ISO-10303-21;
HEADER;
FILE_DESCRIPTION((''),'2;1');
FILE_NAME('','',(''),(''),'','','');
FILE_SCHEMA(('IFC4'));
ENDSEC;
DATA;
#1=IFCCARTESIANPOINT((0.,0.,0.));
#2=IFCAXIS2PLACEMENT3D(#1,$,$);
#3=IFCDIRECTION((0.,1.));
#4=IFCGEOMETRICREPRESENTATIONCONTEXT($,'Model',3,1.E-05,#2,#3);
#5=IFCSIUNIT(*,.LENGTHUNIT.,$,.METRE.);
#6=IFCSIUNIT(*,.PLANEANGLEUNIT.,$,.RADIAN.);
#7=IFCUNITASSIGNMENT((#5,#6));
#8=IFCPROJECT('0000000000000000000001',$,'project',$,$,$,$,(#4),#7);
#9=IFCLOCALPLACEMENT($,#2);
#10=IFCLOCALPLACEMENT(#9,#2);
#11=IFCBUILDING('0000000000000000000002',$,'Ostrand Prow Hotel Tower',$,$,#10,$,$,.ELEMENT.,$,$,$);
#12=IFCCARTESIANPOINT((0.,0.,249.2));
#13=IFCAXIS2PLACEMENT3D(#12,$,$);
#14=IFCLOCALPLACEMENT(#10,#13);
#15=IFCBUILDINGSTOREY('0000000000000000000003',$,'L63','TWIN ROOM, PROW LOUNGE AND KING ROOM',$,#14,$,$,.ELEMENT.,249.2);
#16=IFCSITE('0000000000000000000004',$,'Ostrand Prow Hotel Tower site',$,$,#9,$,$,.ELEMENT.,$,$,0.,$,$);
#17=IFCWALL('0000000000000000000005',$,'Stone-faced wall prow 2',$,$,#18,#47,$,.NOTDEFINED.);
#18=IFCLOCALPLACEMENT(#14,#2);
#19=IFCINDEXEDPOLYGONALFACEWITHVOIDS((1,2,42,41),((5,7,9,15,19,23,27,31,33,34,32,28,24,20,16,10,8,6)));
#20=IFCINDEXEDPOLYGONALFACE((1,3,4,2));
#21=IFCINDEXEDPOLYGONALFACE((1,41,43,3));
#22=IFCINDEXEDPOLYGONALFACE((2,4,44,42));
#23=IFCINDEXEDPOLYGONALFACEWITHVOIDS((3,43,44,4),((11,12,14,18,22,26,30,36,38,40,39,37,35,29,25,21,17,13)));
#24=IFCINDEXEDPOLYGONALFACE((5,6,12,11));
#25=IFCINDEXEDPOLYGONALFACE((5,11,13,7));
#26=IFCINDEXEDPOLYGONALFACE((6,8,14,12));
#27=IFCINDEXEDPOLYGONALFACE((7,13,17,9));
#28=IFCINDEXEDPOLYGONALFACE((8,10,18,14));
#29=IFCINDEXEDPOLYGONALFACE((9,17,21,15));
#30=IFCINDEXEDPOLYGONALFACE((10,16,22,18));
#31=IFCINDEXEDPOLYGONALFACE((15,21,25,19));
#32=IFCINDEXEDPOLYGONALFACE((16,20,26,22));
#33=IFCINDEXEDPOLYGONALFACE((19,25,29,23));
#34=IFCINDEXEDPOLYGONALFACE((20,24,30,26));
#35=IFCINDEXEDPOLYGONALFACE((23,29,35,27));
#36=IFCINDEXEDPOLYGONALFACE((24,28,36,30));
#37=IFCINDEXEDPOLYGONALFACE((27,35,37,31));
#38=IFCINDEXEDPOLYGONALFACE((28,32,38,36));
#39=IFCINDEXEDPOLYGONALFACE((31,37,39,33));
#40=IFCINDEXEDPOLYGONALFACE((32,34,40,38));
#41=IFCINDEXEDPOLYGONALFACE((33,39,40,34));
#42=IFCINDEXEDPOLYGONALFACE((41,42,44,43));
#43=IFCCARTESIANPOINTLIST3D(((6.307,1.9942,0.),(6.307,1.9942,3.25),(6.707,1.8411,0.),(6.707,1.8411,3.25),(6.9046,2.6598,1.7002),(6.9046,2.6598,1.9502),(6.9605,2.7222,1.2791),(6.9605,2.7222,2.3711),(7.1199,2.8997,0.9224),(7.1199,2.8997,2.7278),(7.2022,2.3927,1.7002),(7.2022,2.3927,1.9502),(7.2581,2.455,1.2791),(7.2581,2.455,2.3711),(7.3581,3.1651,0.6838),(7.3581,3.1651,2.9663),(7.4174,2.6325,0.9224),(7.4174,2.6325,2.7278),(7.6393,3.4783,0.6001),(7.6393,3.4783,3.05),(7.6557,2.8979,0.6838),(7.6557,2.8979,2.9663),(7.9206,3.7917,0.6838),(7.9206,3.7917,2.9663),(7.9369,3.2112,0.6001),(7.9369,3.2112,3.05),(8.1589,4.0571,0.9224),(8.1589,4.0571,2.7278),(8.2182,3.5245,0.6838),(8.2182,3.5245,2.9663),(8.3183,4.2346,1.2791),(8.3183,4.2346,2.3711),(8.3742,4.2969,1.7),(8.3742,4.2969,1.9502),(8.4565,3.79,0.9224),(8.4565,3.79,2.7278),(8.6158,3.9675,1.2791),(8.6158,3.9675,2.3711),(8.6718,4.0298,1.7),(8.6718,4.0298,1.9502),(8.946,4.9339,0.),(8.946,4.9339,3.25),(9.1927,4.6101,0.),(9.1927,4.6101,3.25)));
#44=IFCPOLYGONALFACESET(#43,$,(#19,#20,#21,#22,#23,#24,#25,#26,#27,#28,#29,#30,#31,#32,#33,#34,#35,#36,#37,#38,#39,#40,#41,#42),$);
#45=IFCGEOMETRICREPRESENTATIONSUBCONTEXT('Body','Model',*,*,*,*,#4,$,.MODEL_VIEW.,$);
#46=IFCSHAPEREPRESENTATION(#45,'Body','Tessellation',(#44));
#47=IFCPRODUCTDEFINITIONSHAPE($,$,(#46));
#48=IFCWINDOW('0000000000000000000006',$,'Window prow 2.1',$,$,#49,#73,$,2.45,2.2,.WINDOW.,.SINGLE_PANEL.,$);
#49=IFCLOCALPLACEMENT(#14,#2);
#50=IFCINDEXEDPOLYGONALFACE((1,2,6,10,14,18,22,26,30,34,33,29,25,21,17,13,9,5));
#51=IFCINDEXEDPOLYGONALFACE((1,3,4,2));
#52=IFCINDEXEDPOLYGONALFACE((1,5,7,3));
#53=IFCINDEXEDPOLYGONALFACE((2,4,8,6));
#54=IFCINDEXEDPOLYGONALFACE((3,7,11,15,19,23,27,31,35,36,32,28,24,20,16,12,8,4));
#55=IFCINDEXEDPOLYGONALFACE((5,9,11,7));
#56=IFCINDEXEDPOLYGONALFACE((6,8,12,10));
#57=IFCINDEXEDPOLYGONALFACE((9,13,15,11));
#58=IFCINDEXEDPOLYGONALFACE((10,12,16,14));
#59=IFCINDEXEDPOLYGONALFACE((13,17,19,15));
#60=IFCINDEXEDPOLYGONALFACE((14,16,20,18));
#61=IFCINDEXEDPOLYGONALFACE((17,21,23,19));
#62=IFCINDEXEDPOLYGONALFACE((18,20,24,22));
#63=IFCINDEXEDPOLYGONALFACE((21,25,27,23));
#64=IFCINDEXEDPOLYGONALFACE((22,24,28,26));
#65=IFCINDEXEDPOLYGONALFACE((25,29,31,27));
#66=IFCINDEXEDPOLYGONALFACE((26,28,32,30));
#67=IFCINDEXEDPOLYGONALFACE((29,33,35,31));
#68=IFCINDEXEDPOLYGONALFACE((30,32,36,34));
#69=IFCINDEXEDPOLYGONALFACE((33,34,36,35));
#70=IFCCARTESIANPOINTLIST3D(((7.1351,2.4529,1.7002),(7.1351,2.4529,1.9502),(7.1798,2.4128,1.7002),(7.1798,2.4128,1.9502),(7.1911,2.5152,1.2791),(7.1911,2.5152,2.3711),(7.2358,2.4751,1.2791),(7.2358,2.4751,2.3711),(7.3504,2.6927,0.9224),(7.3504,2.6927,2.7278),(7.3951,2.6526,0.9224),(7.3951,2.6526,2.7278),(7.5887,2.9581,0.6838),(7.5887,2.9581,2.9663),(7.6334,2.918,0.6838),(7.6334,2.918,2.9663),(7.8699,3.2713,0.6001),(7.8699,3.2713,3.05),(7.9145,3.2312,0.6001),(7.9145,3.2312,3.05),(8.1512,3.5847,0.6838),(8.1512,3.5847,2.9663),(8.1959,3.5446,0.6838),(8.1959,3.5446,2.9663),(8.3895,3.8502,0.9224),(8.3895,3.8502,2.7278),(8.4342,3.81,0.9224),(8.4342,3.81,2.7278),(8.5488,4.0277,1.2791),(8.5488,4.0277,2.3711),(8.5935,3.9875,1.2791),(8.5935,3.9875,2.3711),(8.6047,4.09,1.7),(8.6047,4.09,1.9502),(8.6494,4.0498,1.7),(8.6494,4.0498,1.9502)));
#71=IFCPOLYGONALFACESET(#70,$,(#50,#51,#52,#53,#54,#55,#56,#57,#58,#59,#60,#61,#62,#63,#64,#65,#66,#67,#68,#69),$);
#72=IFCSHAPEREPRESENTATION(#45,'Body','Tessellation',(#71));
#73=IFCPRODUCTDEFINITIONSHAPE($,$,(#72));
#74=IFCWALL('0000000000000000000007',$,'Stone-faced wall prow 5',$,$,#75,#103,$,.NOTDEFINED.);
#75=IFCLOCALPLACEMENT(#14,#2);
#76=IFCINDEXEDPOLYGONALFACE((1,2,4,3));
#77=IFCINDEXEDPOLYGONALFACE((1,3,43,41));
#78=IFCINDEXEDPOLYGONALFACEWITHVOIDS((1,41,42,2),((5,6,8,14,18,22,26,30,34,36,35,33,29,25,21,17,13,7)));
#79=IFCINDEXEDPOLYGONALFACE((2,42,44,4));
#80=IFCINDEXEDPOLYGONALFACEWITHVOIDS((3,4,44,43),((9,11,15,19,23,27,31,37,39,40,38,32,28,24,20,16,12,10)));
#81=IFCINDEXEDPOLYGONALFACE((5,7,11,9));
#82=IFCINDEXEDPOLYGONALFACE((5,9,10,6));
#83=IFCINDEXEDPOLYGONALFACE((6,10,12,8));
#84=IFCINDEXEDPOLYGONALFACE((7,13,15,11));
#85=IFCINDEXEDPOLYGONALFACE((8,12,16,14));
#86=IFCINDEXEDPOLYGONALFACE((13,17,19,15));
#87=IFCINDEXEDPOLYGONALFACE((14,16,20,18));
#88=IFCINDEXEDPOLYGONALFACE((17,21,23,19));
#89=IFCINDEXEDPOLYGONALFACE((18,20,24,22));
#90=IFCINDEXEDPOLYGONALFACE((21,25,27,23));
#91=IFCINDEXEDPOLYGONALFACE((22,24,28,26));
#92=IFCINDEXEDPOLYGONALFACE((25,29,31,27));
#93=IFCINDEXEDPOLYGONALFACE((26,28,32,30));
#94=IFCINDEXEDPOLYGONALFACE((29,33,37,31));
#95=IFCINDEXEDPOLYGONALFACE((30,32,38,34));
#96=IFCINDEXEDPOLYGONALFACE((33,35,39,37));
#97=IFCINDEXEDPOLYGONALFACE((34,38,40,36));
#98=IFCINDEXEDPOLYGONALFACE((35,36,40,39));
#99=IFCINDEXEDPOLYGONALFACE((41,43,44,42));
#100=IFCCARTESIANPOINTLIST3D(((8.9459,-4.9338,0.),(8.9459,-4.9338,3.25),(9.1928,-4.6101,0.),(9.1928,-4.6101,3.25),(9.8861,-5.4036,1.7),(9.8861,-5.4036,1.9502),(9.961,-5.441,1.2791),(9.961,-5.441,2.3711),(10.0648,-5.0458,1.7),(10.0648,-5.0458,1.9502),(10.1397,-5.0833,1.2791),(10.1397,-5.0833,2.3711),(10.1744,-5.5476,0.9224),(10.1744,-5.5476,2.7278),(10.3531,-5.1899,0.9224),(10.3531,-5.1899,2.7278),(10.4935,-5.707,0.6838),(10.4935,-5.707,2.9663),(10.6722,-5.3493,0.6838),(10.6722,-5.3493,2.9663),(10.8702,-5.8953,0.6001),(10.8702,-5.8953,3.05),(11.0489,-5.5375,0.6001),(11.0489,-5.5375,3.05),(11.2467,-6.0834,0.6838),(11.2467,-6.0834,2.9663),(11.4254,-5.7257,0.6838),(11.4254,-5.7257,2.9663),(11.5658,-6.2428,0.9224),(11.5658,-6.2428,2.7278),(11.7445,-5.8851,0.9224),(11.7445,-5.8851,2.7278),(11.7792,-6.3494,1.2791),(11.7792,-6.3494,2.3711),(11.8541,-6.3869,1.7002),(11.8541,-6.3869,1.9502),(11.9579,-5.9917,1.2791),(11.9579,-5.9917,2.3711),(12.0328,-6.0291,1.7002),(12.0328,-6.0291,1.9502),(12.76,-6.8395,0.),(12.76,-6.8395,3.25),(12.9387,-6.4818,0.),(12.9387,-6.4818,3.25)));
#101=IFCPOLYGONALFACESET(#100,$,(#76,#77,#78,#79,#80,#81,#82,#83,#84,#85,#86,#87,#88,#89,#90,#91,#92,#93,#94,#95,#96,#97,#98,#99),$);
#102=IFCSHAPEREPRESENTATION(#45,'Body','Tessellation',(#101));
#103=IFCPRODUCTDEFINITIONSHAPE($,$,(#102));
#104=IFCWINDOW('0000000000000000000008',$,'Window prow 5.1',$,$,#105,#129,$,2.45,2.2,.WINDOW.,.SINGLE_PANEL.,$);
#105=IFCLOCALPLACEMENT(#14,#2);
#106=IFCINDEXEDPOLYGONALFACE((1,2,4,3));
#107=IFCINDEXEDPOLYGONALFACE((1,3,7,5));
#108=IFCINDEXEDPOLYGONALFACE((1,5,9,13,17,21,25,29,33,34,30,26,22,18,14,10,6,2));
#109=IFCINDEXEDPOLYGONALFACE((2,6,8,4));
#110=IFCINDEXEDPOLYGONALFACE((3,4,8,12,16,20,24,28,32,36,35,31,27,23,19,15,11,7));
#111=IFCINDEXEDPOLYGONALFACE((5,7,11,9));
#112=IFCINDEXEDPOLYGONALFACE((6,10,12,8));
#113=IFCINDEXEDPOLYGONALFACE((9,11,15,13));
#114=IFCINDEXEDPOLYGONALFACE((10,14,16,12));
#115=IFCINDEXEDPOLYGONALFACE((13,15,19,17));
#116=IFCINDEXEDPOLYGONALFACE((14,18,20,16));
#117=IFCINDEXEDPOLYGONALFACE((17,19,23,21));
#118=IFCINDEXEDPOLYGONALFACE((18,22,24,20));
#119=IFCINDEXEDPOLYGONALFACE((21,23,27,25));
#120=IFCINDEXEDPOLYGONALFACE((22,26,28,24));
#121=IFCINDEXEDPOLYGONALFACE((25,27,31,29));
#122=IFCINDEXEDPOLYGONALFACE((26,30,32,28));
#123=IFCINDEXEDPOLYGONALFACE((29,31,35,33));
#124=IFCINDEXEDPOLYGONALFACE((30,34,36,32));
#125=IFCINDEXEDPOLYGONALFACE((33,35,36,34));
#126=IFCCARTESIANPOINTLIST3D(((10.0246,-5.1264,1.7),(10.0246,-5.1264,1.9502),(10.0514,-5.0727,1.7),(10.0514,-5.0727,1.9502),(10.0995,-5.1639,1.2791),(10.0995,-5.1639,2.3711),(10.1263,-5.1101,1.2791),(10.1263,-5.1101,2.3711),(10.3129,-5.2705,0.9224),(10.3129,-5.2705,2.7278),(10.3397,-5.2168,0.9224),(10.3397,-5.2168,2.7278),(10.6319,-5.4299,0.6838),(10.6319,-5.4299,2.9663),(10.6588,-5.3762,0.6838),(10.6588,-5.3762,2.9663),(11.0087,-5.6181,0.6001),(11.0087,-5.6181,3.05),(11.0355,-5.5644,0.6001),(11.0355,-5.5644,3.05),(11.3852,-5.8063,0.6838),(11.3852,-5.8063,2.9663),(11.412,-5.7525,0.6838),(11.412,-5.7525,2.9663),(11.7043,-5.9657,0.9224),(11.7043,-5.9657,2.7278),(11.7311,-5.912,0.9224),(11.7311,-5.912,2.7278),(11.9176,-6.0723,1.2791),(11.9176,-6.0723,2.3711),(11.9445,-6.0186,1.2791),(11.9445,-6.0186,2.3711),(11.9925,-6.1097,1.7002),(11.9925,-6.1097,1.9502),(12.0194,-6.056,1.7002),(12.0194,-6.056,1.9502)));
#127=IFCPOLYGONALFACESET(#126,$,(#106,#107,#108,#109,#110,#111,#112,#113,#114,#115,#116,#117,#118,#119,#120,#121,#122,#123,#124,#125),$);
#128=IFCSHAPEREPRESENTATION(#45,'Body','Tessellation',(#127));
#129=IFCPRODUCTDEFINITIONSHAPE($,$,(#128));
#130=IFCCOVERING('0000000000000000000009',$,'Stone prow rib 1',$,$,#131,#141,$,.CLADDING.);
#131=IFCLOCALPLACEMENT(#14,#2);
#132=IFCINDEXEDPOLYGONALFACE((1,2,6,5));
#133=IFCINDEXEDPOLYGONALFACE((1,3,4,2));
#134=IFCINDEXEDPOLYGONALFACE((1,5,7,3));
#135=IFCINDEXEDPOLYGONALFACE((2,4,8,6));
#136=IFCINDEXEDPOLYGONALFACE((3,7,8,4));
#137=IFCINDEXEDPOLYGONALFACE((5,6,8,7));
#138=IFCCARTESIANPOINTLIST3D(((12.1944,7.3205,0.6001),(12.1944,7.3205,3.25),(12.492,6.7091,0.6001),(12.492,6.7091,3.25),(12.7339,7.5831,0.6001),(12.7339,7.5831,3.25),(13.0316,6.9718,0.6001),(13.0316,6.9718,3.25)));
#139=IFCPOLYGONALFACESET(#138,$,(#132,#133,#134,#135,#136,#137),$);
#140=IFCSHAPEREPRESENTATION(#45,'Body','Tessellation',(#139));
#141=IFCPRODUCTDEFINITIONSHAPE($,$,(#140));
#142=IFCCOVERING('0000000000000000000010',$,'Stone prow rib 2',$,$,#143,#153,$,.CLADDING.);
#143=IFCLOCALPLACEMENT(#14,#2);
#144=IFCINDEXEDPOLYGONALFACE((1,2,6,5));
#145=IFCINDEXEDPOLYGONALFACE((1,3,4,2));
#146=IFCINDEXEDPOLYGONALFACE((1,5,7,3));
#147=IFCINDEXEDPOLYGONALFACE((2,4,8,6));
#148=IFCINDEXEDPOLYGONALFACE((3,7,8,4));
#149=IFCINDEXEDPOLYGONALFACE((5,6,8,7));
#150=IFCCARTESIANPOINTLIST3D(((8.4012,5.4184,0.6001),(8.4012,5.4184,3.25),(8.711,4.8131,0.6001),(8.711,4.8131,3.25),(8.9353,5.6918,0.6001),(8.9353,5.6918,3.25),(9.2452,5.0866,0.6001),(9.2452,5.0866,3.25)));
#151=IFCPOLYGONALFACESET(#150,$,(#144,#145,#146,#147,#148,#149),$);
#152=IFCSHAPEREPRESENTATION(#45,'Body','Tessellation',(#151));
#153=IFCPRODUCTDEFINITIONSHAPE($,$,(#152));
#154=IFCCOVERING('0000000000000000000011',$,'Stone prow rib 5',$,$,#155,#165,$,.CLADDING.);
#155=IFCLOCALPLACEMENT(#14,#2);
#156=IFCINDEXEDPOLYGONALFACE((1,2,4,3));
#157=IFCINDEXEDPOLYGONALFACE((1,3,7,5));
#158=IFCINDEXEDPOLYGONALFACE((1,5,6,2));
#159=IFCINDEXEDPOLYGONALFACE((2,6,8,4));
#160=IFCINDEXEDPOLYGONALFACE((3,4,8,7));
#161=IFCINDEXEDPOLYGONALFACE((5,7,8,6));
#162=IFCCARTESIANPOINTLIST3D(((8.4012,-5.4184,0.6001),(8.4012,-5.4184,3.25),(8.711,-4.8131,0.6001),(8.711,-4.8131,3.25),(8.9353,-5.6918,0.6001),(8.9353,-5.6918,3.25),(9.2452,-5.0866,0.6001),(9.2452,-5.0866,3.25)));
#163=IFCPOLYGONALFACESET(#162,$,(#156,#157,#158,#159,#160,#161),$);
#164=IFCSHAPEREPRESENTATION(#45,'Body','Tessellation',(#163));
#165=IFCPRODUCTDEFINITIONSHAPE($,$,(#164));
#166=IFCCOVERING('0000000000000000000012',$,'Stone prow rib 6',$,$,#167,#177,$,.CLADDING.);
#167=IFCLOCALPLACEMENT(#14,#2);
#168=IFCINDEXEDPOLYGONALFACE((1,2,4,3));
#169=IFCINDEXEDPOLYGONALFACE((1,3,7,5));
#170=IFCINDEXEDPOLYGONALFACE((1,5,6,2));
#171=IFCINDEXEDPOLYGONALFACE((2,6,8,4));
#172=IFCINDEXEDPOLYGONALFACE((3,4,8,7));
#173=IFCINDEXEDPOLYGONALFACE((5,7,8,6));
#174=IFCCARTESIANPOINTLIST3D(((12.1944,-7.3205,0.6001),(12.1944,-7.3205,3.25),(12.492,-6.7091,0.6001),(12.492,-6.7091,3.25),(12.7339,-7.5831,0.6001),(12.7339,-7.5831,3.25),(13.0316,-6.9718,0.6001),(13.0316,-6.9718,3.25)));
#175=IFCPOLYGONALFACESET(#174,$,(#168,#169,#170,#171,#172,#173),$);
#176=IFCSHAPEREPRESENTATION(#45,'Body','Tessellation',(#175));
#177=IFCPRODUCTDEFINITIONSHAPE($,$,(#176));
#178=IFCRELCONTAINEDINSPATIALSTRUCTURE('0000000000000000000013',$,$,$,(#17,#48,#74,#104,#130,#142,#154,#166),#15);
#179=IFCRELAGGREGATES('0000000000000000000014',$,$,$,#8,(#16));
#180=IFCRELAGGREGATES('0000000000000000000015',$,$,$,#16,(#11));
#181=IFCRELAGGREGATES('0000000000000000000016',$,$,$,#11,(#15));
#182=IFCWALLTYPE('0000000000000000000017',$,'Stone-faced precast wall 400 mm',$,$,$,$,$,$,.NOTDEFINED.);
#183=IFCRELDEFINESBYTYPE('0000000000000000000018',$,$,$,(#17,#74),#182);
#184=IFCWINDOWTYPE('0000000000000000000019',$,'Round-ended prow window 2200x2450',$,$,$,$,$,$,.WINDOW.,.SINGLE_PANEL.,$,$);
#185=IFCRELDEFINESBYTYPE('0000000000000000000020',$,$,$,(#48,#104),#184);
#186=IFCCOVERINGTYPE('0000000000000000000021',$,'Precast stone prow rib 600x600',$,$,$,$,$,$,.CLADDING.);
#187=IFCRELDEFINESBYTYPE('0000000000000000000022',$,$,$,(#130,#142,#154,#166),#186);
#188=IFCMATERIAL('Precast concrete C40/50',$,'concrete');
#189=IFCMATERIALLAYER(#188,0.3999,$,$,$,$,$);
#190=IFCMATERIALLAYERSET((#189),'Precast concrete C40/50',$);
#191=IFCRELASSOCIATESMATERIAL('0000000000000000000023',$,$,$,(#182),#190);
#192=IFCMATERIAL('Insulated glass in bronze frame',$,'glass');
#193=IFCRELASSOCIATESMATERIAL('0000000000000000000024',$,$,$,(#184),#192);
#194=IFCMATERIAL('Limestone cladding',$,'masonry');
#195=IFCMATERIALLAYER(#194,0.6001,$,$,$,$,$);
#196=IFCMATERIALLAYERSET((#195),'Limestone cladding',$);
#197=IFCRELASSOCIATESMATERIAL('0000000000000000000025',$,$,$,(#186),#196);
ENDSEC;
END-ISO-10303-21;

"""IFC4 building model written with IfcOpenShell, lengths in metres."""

from ifc_helpers import new_model, si_unit, direction, frame, frame_2d, origin, place, context, subcontext, project, spatial, polyline, rectangle, outline, extrude, material, layer, layer_set, type_object, element, fill, save


model = new_model("IFC4")

# Units and contexts
model_context = context("Model", 3, precision=1e-05, world=origin(), true_north=direction((0.0, 1.0)))
body_context = subcontext(model_context, "Body", "Model", "MODEL_VIEW")
ifc_project = project(units=[si_unit("LENGTHUNIT", "METRE"), si_unit("PLANEANGLEUNIT", "RADIAN")], contexts=[model_context])

# Site, building, storey
site_placement = place(None, origin())
site = spatial("IfcSite", under=ifc_project, at=site_placement, Name="Ostrand Prow Hotel Tower site", CompositionType="ELEMENT", RefElevation=0.0)
building_placement = place(site_placement, origin())
building = spatial("IfcBuilding", under=site, at=building_placement, Name="Ostrand Prow Hotel Tower", CompositionType="ELEMENT")
storey_placement = place(building_placement, frame((0.0, 0.0, 249.2)))
storey = spatial("IfcBuildingStorey", under=building, at=storey_placement, Name="L63", Description="TWIN ROOM, PROW LOUNGE AND KING ROOM", CompositionType="ELEMENT", Elevation=249.2)

# Walls, openings, windows
ifc_material_1 = material(Name="Precast concrete C40/50", Category="concrete")
ifc_layer_1 = layer(ifc_material_1, 0.3999)
ifc_layer_set_1 = layer_set([ifc_layer_1], Name="Precast concrete C40/50")
wall_type_1 = type_object("IfcWallType", Name="Stone-faced precast wall 400 mm", PredefinedType="NOTDEFINED", material=ifc_layer_set_1)
ifc_material_2 = material(Name="Insulated glass in bronze frame", Category="glass")
window_type = type_object("IfcWindowType", Name="Round-ended prow window 2200x2450", PartitioningType="SINGLE_PANEL", PredefinedType="WINDOW", material=ifc_material_2)
wall_1_placement = place(storey_placement, frame((9.0693, 4.772, 0.0), z_axis=(0.0, 0.0, 1.0), x_axis=(-0.668018, -0.744145, 0.0)))
wall_1 = element("IfcWall", 1, at=wall_1_placement, inside=storey, type_object=wall_type_1, Name="Stone-faced wall prow 2", PredefinedType="NOTDEFINED", context=body_context, shape_type="SweptSolid", body=[
    extrude(outline(polyline([(-0.0381, -0.2), (3.9124, -0.2), (3.759, 0.2), (0.0381, 0.2), (-0.0381, -0.2)])), origin(), (0.0, 0.0, 1.0), 3.25),
])
opening_1_placement = place(wall_1_placement, frame((0.8179, 0.0, 0.6001)))
opening_1 = element("IfcOpeningElement", 2, at=opening_1_placement, cuts=wall_1, PredefinedType="OPENING", context=body_context, shape_type="SweptSolid", body=[
    extrude(outline(polyline([(0.0, 1.3501), (0.0837, 1.771), (0.3223, 2.1277), (0.679, 2.3662), (1.1001, 2.45), (1.521, 2.3662), (1.8777, 2.1277), (2.1162, 1.771), (2.2, 1.3501), (2.2, 1.1001), (2.1162, 0.679), (1.8777, 0.3223), (1.521, 0.0837), (1.1001, 0.0), (0.679, 0.0837), (0.3223, 0.3223), (0.0837, 0.679), (0.0, 1.0999), (0.0, 1.3501)])), frame((0.0, 0.21, 0.0), z_axis=(0.0, -1.0, 0.0), x_axis=(1.0, 0.0, 0.0)), (0.0, 0.0, 1.0), 0.4199),
])
window_1_placement = place(opening_1_placement, origin())
window_1 = element("IfcWindow", 3, at=window_1_placement, inside=storey, type_object=window_type, Name="Window prow 2.1", OverallHeight=2.45, OverallWidth=2.2, PartitioningType="SINGLE_PANEL", PredefinedType="WINDOW", context=body_context, shape_type="SweptSolid", body=[
    extrude(outline(polyline([(0.0, 1.3501), (0.0837, 1.771), (0.3223, 2.1277), (0.679, 2.3662), (1.1001, 2.45), (1.521, 2.3662), (1.8777, 2.1277), (2.1162, 1.771), (2.2, 1.3501), (2.2, 1.1001), (2.1162, 0.679), (1.8777, 0.3223), (1.521, 0.0837), (1.1001, 0.0), (0.679, 0.0837), (0.3223, 0.3223), (0.0837, 0.679), (0.0, 1.0999), (0.0, 1.3501)])), frame((0.0, 0.1699, 0.0), z_axis=(0.0, -1.0, 0.0), x_axis=(1.0, 0.0, 0.0)), (0.0, 0.0, 1.0), 0.0601),
])
fill(opening_1, window_1)
wall_2_placement = place(storey_placement, frame((9.0693, -4.772, 0.0), z_axis=(0.0, 0.0, 1.0), x_axis=(0.894554, -0.446959, 0.0)))
wall_2 = element("IfcWall", 4, at=wall_2_placement, inside=storey, type_object=wall_type_1, Name="Stone-faced wall prow 5", PredefinedType="NOTDEFINED", context=body_context, shape_type="SweptSolid", body=[
    extrude(outline(polyline([(-0.0381, -0.2), (4.2256, -0.2), (4.2256, 0.2), (0.0381, 0.2), (-0.0381, -0.2)])), origin(), (0.0, 0.0, 1.0), 3.25),
])
opening_2_placement = place(wall_2_placement, frame((1.0129, 0.0, 0.6001)))
opening_2 = element("IfcOpeningElement", 5, at=opening_2_placement, cuts=wall_2, PredefinedType="OPENING", context=body_context, shape_type="SweptSolid", body=[
    extrude(outline(polyline([(0.0, 1.3501), (0.0837, 1.771), (0.3223, 2.1277), (0.679, 2.3662), (1.1001, 2.45), (1.521, 2.3662), (1.8777, 2.1277), (2.1162, 1.771), (2.2, 1.3501), (2.2, 1.1001), (2.1162, 0.679), (1.8777, 0.3223), (1.521, 0.0837), (1.1001, 0.0), (0.679, 0.0837), (0.3223, 0.3223), (0.0837, 0.679), (0.0, 1.0999), (0.0, 1.3501)])), frame((0.0, 0.21, 0.0), z_axis=(0.0, -1.0, 0.0), x_axis=(1.0, 0.0, 0.0)), (0.0, 0.0, 1.0), 0.4199),
])
window_2_placement = place(opening_2_placement, origin())
window_2 = element("IfcWindow", 6, at=window_2_placement, inside=storey, type_object=window_type, Name="Window prow 5.1", OverallHeight=2.45, OverallWidth=2.2, PartitioningType="SINGLE_PANEL", PredefinedType="WINDOW", context=body_context, shape_type="SweptSolid", body=[
    extrude(outline(polyline([(0.0, 1.3501), (0.0837, 1.771), (0.3223, 2.1277), (0.679, 2.3662), (1.1001, 2.45), (1.521, 2.3662), (1.8777, 2.1277), (2.1162, 1.771), (2.2, 1.3501), (2.2, 1.1001), (2.1162, 0.679), (1.8777, 0.3223), (1.521, 0.0837), (1.1001, 0.0), (0.679, 0.0837), (0.3223, 0.3223), (0.0837, 0.679), (0.0, 1.0999), (0.0, 1.3501)])), frame((0.0, 0.1699, 0.0), z_axis=(0.0, -1.0, 0.0), x_axis=(1.0, 0.0, 0.0)), (0.0, 0.0, 1.0), 0.0601),
])
fill(opening_2, window_2)

# Coverings
ifc_material_3 = material(Name="Limestone cladding", Category="masonry")
ifc_layer_2 = layer(ifc_material_3, 0.6001)
ifc_layer_set_2 = layer_set([ifc_layer_2], Name="Limestone cladding")
covering_type = type_object("IfcCoveringType", Name="Precast stone prow rib 600x600", PredefinedType="CLADDING", material=ifc_layer_set_2)
for number, where, z_axis, x_axis, name in (
    (7, (12.7617, 6.8406, 0.6001), (0.0, 0.0, 1.0), (-0.437709, 0.899117, 0.0), "Stone prow rib 1"),
    (8, (8.978, 4.95, 0.6001), (0.0, 0.0, 1.0), (-0.455668, 0.89015, 0.0), "Stone prow rib 2"),
    (9, (8.978, -4.95, 0.6001), (0.0, 0.0, 1.0), (-0.455668, -0.89015, 0.0), "Stone prow rib 5"),
    (10, (12.7617, -6.8406, 0.6001), (0.0, 0.0, 1.0), (-0.437709, -0.899117, 0.0), "Stone prow rib 6"),
):
    element("IfcCovering", number, at=place(storey_placement, frame(where, z_axis=z_axis, x_axis=x_axis)), inside=storey, type_object=covering_type, Name=name, PredefinedType="CLADDING", context=body_context, shape_type="SweptSolid", body=[
        extrude(rectangle(XDim=0.6799, YDim=0.6001, at=frame_2d((0.3398, 0.0))), origin(), (0.0, 0.0, 1.0), 2.6499),
    ])

save(model, "model.ifc")
